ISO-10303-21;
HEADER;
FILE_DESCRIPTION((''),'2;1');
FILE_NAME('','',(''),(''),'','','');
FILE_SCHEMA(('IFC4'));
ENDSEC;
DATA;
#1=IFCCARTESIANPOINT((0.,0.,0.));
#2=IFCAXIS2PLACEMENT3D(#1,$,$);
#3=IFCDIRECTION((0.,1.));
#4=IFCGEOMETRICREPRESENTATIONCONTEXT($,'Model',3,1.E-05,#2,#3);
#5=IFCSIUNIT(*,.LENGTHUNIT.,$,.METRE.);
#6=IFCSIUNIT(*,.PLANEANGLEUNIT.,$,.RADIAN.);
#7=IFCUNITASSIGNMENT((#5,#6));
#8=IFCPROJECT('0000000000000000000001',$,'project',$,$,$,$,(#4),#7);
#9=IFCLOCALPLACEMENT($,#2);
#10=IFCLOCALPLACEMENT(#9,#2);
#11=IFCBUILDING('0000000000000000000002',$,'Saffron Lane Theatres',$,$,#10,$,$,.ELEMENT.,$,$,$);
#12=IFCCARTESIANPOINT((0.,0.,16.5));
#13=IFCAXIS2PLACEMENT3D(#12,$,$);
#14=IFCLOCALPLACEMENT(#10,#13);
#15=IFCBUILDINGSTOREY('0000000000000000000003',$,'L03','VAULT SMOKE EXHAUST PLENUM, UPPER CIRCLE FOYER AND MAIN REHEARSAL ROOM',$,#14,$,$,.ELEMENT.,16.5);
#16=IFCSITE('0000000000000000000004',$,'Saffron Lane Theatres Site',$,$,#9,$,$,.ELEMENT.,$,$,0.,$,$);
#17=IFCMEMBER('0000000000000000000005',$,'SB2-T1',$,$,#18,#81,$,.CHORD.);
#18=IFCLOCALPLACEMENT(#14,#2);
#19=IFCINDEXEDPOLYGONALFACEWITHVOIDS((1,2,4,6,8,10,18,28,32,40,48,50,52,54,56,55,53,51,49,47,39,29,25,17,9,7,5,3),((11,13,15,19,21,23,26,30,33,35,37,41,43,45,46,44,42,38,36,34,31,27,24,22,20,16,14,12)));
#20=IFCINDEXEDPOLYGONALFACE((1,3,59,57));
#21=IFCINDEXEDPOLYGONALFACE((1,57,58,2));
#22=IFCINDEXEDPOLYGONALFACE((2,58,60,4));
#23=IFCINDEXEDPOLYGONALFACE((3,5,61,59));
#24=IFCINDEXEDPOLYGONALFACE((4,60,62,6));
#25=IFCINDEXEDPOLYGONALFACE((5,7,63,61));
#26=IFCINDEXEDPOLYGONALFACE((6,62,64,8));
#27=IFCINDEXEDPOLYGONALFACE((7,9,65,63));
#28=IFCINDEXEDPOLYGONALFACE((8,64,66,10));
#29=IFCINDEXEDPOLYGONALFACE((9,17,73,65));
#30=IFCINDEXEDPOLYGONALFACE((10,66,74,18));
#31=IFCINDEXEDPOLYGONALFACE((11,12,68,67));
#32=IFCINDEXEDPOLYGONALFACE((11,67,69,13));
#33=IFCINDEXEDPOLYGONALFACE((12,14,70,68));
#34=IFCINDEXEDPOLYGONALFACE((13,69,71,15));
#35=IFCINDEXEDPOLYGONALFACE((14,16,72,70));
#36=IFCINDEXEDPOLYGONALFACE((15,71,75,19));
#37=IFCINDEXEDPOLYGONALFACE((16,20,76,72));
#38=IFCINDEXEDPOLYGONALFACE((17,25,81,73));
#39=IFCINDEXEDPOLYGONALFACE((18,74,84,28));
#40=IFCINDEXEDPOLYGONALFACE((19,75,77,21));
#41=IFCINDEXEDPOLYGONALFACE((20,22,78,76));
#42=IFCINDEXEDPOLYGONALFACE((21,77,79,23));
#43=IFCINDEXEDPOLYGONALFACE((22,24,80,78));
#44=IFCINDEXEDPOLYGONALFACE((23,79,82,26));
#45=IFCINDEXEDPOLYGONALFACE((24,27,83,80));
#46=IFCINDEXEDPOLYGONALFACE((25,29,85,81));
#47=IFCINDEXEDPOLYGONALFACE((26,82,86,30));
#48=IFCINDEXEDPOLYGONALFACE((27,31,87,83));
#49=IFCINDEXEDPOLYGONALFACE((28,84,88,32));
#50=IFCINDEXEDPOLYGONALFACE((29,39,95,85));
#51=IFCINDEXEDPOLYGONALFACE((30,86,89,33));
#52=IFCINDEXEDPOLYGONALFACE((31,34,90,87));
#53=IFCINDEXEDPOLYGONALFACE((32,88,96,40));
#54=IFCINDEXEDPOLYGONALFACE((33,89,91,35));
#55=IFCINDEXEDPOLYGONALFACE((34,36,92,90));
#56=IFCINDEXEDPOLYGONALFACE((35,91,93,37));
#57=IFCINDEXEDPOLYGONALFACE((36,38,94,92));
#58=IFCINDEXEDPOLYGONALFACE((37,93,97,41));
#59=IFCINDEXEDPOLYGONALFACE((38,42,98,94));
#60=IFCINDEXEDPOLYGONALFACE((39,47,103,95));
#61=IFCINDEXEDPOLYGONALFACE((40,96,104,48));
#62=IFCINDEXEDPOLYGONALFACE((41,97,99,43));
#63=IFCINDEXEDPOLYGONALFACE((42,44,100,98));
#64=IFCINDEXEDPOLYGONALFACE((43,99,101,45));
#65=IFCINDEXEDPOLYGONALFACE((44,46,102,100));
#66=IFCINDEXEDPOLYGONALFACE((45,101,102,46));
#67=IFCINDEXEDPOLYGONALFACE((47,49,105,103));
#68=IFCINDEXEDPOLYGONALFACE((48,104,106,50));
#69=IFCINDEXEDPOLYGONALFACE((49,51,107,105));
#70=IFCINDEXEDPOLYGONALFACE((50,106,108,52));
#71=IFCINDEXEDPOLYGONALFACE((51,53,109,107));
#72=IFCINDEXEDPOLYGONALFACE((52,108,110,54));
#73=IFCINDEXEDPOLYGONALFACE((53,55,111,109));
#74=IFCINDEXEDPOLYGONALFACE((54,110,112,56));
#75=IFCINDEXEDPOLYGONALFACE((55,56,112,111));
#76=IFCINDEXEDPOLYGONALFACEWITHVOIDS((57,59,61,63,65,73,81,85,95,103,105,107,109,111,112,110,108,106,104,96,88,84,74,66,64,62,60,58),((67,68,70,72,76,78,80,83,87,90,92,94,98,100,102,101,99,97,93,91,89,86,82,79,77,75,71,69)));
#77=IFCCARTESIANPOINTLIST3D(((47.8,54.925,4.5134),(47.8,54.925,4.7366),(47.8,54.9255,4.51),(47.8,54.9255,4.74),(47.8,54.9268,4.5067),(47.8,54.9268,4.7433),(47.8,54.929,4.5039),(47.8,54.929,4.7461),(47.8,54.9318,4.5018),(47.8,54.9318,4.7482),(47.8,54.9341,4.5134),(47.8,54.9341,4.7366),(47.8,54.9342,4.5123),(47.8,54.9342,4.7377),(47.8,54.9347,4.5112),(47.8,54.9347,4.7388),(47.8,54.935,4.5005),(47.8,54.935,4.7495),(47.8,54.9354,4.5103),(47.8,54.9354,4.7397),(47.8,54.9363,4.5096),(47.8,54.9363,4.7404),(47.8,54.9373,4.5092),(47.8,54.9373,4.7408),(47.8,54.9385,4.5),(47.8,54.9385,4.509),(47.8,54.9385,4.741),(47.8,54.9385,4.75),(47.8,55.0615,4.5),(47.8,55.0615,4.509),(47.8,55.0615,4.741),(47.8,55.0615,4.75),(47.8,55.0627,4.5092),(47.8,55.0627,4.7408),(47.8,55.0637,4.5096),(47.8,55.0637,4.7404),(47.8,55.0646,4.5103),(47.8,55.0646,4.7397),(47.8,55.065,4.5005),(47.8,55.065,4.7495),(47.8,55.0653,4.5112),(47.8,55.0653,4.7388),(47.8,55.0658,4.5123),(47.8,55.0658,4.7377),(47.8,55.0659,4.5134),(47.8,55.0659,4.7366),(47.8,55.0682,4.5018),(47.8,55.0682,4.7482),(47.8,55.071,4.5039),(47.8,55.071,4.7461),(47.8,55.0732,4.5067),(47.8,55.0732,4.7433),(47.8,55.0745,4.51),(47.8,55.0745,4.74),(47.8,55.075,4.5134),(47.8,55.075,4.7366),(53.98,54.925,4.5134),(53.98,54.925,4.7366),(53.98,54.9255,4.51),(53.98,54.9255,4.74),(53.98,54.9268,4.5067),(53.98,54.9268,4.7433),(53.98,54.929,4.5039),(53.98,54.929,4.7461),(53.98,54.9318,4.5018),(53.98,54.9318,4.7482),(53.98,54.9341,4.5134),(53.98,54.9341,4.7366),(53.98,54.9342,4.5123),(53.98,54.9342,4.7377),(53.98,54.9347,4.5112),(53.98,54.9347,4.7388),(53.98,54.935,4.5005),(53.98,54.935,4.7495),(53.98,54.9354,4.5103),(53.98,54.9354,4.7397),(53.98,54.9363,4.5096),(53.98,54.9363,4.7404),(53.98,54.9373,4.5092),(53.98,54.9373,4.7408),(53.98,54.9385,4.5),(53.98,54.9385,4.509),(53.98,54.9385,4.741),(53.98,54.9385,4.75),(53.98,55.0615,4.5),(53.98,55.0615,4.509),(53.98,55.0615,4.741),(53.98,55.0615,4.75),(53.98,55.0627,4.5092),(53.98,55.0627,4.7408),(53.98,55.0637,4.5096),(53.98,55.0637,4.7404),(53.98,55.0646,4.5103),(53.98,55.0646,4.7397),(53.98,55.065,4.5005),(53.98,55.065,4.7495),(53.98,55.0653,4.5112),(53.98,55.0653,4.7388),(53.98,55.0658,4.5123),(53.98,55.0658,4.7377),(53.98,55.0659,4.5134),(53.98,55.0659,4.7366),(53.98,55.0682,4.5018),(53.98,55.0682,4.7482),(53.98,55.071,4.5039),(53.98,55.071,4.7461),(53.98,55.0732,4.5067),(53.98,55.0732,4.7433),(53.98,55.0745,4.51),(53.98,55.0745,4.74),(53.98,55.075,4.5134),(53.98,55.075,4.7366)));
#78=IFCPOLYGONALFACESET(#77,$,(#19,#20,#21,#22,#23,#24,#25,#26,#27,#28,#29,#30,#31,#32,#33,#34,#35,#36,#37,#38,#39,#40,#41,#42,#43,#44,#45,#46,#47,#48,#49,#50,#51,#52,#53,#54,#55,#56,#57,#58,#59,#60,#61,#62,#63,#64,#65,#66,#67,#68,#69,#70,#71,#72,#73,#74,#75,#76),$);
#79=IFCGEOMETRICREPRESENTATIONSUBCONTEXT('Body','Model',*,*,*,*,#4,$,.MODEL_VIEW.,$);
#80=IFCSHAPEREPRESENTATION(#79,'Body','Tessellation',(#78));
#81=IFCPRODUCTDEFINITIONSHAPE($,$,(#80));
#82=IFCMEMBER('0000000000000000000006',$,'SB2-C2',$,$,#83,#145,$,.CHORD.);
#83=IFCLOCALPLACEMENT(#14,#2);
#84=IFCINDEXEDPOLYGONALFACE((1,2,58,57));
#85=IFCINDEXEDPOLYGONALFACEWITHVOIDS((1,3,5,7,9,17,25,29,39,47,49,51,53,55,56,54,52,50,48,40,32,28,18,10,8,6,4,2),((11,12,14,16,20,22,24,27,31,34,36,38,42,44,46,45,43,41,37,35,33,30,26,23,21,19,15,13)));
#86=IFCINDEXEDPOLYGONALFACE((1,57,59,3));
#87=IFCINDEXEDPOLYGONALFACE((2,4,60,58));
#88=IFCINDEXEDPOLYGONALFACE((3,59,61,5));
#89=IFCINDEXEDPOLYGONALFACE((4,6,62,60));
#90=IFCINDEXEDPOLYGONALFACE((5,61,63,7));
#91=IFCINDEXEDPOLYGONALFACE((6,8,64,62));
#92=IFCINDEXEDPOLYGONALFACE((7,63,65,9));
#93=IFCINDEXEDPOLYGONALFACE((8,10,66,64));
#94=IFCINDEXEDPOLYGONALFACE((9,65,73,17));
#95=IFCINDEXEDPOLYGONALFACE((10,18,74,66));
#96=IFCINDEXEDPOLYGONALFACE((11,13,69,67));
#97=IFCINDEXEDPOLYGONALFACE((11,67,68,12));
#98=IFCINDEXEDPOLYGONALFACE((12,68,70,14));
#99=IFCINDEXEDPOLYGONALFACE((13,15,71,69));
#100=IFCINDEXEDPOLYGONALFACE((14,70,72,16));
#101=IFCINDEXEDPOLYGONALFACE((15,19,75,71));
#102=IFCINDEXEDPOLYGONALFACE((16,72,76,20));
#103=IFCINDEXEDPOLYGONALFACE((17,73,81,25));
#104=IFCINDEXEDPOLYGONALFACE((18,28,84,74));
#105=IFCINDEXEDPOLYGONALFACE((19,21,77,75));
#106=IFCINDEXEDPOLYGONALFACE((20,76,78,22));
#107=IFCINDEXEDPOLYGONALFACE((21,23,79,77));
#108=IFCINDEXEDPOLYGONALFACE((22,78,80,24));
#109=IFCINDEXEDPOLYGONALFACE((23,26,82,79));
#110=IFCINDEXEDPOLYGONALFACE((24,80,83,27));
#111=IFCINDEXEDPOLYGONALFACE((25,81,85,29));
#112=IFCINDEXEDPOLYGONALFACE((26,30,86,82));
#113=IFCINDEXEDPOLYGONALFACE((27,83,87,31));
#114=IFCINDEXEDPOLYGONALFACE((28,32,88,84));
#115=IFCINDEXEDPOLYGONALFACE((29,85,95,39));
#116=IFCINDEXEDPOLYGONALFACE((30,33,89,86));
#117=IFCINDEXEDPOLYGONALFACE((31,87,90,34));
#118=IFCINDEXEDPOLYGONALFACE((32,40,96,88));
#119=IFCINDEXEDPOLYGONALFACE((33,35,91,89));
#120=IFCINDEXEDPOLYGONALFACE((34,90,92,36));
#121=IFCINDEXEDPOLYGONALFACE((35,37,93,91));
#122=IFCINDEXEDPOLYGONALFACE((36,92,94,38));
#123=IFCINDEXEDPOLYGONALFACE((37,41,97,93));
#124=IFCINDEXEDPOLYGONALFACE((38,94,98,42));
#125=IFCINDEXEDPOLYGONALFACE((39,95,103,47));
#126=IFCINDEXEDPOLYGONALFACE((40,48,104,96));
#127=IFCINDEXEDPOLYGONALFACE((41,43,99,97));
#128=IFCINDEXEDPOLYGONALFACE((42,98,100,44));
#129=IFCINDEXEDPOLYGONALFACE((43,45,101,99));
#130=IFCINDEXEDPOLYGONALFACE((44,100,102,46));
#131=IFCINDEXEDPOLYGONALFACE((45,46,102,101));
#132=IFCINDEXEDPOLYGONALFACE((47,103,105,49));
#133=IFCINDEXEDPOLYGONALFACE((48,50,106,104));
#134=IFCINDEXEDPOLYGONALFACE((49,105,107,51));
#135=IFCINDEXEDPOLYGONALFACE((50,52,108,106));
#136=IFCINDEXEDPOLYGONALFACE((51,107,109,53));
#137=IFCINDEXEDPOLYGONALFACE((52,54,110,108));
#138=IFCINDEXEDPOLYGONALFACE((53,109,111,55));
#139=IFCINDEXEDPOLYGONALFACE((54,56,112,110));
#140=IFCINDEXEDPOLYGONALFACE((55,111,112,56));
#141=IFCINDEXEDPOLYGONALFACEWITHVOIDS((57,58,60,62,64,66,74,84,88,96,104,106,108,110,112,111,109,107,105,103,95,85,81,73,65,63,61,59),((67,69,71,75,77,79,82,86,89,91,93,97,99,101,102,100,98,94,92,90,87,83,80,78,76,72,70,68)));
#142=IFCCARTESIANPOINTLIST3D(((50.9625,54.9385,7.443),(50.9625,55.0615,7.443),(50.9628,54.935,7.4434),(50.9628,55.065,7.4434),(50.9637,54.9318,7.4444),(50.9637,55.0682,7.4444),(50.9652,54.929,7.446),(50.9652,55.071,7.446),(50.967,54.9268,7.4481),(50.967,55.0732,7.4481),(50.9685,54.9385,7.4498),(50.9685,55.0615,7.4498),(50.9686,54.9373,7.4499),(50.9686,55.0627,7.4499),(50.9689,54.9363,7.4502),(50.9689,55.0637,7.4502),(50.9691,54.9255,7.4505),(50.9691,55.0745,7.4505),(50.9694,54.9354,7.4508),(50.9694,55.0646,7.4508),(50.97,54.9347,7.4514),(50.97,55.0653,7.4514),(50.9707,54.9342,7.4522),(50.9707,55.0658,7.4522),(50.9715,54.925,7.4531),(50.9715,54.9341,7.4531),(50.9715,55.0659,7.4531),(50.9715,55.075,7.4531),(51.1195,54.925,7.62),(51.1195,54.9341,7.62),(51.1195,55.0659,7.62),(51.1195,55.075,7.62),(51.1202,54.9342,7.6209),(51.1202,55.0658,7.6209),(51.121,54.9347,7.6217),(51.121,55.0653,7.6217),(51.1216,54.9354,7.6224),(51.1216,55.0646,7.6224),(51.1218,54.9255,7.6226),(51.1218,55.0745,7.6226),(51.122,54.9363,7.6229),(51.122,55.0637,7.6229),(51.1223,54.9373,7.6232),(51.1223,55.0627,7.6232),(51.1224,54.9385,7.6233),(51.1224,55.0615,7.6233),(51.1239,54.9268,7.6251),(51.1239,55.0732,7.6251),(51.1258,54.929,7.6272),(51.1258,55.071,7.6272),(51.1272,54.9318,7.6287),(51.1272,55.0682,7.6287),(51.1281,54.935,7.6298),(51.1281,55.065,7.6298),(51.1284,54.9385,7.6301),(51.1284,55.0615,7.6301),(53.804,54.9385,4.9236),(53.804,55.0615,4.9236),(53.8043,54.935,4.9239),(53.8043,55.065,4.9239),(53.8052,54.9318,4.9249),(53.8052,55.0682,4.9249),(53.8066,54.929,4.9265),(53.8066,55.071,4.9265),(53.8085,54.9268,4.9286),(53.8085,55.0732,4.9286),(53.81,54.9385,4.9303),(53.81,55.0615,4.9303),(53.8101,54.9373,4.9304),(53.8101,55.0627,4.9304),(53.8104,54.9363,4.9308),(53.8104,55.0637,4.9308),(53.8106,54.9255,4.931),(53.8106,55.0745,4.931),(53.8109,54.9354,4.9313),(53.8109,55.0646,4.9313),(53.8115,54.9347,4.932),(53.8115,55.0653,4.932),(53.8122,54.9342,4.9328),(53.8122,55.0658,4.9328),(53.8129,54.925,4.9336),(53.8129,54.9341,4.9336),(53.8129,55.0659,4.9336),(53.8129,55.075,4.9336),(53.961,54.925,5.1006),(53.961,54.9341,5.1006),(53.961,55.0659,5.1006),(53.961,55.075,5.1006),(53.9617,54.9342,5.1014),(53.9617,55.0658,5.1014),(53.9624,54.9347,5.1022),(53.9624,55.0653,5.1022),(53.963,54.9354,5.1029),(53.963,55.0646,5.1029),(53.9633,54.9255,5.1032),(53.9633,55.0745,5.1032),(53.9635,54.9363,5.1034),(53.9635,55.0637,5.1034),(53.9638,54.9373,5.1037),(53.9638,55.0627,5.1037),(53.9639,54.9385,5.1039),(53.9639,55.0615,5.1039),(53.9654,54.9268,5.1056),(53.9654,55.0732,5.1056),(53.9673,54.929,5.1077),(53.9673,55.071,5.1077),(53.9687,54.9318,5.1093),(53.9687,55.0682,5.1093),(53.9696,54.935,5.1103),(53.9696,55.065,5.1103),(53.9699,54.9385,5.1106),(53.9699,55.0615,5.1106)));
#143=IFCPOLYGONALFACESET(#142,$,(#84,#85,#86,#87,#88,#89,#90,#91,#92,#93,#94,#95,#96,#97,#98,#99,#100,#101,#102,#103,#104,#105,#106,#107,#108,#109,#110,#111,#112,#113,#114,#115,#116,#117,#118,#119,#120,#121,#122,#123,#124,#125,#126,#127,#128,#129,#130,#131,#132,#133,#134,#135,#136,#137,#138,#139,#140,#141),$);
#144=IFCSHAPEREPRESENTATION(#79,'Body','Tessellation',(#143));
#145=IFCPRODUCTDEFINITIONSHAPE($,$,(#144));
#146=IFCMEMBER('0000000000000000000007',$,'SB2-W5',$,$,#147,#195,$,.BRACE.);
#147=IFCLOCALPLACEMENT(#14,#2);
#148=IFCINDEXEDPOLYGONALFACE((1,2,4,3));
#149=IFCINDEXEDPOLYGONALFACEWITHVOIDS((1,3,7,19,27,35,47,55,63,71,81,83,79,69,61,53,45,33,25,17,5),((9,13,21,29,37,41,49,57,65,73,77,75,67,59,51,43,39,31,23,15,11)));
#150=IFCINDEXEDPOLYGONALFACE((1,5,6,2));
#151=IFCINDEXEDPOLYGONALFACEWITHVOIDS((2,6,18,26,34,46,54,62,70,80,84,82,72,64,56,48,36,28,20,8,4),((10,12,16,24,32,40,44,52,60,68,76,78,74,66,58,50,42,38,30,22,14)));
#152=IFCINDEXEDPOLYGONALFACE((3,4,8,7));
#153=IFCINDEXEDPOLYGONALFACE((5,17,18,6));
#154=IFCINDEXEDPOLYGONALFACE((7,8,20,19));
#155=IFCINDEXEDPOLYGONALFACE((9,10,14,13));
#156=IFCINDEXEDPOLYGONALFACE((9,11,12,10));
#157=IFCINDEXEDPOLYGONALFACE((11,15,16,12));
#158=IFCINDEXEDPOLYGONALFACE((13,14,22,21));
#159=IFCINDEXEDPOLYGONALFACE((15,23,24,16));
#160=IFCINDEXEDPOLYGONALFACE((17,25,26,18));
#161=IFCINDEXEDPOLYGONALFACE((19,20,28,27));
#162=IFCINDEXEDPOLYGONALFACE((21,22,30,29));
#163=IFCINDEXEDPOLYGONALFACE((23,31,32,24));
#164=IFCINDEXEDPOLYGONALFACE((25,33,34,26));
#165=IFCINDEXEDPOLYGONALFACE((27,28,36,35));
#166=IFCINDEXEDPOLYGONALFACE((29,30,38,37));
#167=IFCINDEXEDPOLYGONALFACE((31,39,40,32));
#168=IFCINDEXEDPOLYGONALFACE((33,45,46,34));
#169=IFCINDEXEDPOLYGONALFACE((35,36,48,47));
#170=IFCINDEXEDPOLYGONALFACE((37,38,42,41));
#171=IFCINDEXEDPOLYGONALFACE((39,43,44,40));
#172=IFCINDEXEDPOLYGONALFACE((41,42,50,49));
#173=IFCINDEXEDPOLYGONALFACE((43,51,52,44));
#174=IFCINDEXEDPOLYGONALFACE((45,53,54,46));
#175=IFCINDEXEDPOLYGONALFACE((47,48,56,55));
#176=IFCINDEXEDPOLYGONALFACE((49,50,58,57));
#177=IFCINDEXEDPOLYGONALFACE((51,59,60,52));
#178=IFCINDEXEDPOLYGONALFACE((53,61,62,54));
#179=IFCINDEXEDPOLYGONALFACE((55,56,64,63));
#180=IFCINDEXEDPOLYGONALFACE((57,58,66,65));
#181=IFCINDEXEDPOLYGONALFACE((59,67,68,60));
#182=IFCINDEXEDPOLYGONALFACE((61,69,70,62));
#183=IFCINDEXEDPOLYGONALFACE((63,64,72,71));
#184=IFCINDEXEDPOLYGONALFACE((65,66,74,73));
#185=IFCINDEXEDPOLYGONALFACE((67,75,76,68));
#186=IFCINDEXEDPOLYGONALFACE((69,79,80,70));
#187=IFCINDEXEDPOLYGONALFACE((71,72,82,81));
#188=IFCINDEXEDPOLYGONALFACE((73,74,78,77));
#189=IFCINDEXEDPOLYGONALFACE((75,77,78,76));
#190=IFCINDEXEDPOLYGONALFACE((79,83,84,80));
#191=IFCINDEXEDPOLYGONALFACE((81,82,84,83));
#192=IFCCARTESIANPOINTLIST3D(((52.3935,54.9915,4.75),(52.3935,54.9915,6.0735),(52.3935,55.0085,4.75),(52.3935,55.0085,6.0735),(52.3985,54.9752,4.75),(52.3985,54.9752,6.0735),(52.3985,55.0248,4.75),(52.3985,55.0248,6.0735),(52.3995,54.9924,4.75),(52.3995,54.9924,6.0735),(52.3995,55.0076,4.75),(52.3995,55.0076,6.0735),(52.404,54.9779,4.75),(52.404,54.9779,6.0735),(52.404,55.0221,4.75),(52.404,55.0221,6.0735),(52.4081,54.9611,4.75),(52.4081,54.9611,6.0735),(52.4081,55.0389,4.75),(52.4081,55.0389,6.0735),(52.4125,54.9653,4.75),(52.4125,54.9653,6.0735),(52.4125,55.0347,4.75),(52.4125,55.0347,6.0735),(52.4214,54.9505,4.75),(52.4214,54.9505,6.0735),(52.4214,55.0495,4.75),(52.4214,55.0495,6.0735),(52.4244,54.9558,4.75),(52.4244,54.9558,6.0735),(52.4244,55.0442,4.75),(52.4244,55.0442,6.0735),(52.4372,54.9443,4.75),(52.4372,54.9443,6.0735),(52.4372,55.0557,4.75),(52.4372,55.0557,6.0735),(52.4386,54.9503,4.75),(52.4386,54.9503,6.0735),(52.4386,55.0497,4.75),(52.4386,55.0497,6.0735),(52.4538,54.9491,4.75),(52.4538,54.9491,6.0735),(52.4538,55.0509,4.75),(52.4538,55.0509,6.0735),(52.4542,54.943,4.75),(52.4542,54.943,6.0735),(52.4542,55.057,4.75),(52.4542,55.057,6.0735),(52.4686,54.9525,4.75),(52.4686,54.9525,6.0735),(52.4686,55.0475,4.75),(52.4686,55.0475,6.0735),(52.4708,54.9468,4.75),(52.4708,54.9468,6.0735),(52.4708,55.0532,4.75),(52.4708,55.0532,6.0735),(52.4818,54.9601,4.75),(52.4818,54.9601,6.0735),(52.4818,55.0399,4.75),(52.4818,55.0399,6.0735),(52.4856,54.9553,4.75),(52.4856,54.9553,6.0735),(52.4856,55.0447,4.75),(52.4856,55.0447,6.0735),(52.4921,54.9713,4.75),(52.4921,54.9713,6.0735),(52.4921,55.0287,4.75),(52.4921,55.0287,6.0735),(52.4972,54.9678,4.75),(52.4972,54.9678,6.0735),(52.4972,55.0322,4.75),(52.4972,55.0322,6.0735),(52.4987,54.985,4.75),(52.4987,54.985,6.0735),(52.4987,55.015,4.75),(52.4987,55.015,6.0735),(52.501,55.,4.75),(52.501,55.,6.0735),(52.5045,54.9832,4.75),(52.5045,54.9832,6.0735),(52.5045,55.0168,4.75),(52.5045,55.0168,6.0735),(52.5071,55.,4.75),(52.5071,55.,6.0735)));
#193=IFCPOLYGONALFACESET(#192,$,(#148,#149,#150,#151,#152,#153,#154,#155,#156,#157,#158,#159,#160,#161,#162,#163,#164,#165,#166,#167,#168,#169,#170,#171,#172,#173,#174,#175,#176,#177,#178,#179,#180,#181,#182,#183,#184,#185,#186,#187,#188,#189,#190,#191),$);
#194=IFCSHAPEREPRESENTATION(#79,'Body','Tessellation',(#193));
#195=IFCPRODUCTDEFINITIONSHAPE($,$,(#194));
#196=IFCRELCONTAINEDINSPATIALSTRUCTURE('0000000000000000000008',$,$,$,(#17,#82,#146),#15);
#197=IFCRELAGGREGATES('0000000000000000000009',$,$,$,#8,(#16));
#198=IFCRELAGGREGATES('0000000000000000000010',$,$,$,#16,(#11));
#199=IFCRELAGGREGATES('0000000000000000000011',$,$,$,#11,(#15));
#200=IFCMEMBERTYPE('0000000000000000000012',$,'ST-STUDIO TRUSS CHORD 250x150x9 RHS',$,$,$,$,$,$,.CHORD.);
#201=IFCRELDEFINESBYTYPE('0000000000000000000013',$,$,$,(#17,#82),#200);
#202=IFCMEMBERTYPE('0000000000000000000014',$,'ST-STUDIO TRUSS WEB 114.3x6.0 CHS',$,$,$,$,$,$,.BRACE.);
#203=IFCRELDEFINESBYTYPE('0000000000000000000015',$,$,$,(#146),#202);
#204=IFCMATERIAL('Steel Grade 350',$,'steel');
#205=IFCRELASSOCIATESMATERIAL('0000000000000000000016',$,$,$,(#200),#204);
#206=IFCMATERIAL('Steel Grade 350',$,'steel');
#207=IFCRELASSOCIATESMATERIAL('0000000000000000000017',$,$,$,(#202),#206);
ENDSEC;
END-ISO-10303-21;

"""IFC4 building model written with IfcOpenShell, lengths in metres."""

from ifc_helpers import new_model, si_unit, direction, frame, origin, origin_2d, place, context, subcontext, project, spatial, hollow_rectangle, hollow_circle, extrude, material, material_profile, profile_set, type_object, element, save


model = new_model("IFC4")

# Units and contexts
model_context = context("Model", 3, precision=1e-05, world=origin(), true_north=direction((0.0, 1.0)))
body_context = subcontext(model_context, "Body", "Model", "MODEL_VIEW")
ifc_project = project(units=[si_unit("LENGTHUNIT", "METRE"), si_unit("PLANEANGLEUNIT", "RADIAN")], contexts=[model_context])

# Site, building, storey
site_placement = place(None, origin())
site = spatial("IfcSite", under=ifc_project, at=site_placement, Name="Saffron Lane Theatres Site", CompositionType="ELEMENT", RefElevation=0.0)
building_placement = place(site_placement, origin())
building = spatial("IfcBuilding", under=site, at=building_placement, Name="Saffron Lane Theatres", CompositionType="ELEMENT")
storey_placement = place(building_placement, frame((0.0, 0.0, 16.5)))
storey = spatial("IfcBuildingStorey", under=building, at=storey_placement, Name="L03", Description="VAULT SMOKE EXHAUST PLENUM, UPPER CIRCLE FOYER AND MAIN REHEARSAL ROOM", CompositionType="ELEMENT", Elevation=16.5)

# Members
ifc_material_1 = material(Name="Steel Grade 350", Category="steel")
ifc_material_profile_1 = material_profile(ifc_material_1, hollow_rectangle(XDim=0.1499, YDim=0.25, WallThickness=0.009, InnerFilletRadius=0.0044, OuterFilletRadius=0.0134, at=origin_2d()))
ifc_profile_set_1 = profile_set([ifc_material_profile_1], Name="Steel Grade 350")
member_type_1 = type_object("IfcMemberType", Name="ST-STUDIO TRUSS CHORD 250x150x9 RHS", PredefinedType="CHORD", material=ifc_profile_set_1)
member_1_placement = place(storey_placement, frame((53.98, 55.0, 4.625), z_axis=(-1.0, 0.0, 0.0), x_axis=(0.0, -1.0, 0.0)))
element("IfcMember", 1, at=member_1_placement, inside=storey, type_object=member_type_1, Name="SB2-T1", PredefinedType="CHORD", context=body_context, shape_type="SweptSolid", body=[
    extrude(hollow_rectangle(XDim=0.1499, YDim=0.25, WallThickness=0.009, InnerFilletRadius=0.0044, OuterFilletRadius=0.0134, at=origin_2d()), origin(), (0.0, 0.0, 1.0), 6.1799),
])
member_2_placement = place(storey_placement, frame((53.887, 55.0, 5.0171), z_axis=(-0.748232, 0.0, 0.663438), x_axis=(0.0, -1.0, 0.0)))
element("IfcMember", 2, at=member_2_placement, inside=storey, type_object=member_type_1, Name="SB2-C2", PredefinedType="CHORD", context=body_context, shape_type="SweptSolid", body=[
    extrude(hollow_rectangle(XDim=0.1499, YDim=0.25, WallThickness=0.009, InnerFilletRadius=0.0044, OuterFilletRadius=0.0134, at=origin_2d()), origin(), (0.0, 0.0, 1.0), 3.7976),
])
ifc_material_2 = material(Name="Steel Grade 350", Category="steel")
ifc_material_profile_2 = material_profile(ifc_material_2, hollow_circle(Radius=0.0571, WallThickness=0.0061, at=origin_2d()))
ifc_profile_set_2 = profile_set([ifc_material_profile_2], Name="Steel Grade 350")
member_type_2 = type_object("IfcMemberType", Name="ST-STUDIO TRUSS WEB 114.3x6.0 CHS", PredefinedType="BRACE", material=ifc_profile_set_2)
member_3_placement = place(storey_placement, frame((52.45, 55.0, 4.75), z_axis=(0.0, 0.0, 1.0), x_axis=(1.0, 0.0, 0.0)))
element("IfcMember", 3, at=member_3_placement, inside=storey, type_object=member_type_2, Name="SB2-W5", PredefinedType="BRACE", context=body_context, shape_type="SweptSolid", body=[
    extrude(hollow_circle(Radius=0.0571, WallThickness=0.0061, at=origin_2d()), origin(), (0.0, 0.0, 1.0), 1.3235),
])

save(model, "model.ifc")
